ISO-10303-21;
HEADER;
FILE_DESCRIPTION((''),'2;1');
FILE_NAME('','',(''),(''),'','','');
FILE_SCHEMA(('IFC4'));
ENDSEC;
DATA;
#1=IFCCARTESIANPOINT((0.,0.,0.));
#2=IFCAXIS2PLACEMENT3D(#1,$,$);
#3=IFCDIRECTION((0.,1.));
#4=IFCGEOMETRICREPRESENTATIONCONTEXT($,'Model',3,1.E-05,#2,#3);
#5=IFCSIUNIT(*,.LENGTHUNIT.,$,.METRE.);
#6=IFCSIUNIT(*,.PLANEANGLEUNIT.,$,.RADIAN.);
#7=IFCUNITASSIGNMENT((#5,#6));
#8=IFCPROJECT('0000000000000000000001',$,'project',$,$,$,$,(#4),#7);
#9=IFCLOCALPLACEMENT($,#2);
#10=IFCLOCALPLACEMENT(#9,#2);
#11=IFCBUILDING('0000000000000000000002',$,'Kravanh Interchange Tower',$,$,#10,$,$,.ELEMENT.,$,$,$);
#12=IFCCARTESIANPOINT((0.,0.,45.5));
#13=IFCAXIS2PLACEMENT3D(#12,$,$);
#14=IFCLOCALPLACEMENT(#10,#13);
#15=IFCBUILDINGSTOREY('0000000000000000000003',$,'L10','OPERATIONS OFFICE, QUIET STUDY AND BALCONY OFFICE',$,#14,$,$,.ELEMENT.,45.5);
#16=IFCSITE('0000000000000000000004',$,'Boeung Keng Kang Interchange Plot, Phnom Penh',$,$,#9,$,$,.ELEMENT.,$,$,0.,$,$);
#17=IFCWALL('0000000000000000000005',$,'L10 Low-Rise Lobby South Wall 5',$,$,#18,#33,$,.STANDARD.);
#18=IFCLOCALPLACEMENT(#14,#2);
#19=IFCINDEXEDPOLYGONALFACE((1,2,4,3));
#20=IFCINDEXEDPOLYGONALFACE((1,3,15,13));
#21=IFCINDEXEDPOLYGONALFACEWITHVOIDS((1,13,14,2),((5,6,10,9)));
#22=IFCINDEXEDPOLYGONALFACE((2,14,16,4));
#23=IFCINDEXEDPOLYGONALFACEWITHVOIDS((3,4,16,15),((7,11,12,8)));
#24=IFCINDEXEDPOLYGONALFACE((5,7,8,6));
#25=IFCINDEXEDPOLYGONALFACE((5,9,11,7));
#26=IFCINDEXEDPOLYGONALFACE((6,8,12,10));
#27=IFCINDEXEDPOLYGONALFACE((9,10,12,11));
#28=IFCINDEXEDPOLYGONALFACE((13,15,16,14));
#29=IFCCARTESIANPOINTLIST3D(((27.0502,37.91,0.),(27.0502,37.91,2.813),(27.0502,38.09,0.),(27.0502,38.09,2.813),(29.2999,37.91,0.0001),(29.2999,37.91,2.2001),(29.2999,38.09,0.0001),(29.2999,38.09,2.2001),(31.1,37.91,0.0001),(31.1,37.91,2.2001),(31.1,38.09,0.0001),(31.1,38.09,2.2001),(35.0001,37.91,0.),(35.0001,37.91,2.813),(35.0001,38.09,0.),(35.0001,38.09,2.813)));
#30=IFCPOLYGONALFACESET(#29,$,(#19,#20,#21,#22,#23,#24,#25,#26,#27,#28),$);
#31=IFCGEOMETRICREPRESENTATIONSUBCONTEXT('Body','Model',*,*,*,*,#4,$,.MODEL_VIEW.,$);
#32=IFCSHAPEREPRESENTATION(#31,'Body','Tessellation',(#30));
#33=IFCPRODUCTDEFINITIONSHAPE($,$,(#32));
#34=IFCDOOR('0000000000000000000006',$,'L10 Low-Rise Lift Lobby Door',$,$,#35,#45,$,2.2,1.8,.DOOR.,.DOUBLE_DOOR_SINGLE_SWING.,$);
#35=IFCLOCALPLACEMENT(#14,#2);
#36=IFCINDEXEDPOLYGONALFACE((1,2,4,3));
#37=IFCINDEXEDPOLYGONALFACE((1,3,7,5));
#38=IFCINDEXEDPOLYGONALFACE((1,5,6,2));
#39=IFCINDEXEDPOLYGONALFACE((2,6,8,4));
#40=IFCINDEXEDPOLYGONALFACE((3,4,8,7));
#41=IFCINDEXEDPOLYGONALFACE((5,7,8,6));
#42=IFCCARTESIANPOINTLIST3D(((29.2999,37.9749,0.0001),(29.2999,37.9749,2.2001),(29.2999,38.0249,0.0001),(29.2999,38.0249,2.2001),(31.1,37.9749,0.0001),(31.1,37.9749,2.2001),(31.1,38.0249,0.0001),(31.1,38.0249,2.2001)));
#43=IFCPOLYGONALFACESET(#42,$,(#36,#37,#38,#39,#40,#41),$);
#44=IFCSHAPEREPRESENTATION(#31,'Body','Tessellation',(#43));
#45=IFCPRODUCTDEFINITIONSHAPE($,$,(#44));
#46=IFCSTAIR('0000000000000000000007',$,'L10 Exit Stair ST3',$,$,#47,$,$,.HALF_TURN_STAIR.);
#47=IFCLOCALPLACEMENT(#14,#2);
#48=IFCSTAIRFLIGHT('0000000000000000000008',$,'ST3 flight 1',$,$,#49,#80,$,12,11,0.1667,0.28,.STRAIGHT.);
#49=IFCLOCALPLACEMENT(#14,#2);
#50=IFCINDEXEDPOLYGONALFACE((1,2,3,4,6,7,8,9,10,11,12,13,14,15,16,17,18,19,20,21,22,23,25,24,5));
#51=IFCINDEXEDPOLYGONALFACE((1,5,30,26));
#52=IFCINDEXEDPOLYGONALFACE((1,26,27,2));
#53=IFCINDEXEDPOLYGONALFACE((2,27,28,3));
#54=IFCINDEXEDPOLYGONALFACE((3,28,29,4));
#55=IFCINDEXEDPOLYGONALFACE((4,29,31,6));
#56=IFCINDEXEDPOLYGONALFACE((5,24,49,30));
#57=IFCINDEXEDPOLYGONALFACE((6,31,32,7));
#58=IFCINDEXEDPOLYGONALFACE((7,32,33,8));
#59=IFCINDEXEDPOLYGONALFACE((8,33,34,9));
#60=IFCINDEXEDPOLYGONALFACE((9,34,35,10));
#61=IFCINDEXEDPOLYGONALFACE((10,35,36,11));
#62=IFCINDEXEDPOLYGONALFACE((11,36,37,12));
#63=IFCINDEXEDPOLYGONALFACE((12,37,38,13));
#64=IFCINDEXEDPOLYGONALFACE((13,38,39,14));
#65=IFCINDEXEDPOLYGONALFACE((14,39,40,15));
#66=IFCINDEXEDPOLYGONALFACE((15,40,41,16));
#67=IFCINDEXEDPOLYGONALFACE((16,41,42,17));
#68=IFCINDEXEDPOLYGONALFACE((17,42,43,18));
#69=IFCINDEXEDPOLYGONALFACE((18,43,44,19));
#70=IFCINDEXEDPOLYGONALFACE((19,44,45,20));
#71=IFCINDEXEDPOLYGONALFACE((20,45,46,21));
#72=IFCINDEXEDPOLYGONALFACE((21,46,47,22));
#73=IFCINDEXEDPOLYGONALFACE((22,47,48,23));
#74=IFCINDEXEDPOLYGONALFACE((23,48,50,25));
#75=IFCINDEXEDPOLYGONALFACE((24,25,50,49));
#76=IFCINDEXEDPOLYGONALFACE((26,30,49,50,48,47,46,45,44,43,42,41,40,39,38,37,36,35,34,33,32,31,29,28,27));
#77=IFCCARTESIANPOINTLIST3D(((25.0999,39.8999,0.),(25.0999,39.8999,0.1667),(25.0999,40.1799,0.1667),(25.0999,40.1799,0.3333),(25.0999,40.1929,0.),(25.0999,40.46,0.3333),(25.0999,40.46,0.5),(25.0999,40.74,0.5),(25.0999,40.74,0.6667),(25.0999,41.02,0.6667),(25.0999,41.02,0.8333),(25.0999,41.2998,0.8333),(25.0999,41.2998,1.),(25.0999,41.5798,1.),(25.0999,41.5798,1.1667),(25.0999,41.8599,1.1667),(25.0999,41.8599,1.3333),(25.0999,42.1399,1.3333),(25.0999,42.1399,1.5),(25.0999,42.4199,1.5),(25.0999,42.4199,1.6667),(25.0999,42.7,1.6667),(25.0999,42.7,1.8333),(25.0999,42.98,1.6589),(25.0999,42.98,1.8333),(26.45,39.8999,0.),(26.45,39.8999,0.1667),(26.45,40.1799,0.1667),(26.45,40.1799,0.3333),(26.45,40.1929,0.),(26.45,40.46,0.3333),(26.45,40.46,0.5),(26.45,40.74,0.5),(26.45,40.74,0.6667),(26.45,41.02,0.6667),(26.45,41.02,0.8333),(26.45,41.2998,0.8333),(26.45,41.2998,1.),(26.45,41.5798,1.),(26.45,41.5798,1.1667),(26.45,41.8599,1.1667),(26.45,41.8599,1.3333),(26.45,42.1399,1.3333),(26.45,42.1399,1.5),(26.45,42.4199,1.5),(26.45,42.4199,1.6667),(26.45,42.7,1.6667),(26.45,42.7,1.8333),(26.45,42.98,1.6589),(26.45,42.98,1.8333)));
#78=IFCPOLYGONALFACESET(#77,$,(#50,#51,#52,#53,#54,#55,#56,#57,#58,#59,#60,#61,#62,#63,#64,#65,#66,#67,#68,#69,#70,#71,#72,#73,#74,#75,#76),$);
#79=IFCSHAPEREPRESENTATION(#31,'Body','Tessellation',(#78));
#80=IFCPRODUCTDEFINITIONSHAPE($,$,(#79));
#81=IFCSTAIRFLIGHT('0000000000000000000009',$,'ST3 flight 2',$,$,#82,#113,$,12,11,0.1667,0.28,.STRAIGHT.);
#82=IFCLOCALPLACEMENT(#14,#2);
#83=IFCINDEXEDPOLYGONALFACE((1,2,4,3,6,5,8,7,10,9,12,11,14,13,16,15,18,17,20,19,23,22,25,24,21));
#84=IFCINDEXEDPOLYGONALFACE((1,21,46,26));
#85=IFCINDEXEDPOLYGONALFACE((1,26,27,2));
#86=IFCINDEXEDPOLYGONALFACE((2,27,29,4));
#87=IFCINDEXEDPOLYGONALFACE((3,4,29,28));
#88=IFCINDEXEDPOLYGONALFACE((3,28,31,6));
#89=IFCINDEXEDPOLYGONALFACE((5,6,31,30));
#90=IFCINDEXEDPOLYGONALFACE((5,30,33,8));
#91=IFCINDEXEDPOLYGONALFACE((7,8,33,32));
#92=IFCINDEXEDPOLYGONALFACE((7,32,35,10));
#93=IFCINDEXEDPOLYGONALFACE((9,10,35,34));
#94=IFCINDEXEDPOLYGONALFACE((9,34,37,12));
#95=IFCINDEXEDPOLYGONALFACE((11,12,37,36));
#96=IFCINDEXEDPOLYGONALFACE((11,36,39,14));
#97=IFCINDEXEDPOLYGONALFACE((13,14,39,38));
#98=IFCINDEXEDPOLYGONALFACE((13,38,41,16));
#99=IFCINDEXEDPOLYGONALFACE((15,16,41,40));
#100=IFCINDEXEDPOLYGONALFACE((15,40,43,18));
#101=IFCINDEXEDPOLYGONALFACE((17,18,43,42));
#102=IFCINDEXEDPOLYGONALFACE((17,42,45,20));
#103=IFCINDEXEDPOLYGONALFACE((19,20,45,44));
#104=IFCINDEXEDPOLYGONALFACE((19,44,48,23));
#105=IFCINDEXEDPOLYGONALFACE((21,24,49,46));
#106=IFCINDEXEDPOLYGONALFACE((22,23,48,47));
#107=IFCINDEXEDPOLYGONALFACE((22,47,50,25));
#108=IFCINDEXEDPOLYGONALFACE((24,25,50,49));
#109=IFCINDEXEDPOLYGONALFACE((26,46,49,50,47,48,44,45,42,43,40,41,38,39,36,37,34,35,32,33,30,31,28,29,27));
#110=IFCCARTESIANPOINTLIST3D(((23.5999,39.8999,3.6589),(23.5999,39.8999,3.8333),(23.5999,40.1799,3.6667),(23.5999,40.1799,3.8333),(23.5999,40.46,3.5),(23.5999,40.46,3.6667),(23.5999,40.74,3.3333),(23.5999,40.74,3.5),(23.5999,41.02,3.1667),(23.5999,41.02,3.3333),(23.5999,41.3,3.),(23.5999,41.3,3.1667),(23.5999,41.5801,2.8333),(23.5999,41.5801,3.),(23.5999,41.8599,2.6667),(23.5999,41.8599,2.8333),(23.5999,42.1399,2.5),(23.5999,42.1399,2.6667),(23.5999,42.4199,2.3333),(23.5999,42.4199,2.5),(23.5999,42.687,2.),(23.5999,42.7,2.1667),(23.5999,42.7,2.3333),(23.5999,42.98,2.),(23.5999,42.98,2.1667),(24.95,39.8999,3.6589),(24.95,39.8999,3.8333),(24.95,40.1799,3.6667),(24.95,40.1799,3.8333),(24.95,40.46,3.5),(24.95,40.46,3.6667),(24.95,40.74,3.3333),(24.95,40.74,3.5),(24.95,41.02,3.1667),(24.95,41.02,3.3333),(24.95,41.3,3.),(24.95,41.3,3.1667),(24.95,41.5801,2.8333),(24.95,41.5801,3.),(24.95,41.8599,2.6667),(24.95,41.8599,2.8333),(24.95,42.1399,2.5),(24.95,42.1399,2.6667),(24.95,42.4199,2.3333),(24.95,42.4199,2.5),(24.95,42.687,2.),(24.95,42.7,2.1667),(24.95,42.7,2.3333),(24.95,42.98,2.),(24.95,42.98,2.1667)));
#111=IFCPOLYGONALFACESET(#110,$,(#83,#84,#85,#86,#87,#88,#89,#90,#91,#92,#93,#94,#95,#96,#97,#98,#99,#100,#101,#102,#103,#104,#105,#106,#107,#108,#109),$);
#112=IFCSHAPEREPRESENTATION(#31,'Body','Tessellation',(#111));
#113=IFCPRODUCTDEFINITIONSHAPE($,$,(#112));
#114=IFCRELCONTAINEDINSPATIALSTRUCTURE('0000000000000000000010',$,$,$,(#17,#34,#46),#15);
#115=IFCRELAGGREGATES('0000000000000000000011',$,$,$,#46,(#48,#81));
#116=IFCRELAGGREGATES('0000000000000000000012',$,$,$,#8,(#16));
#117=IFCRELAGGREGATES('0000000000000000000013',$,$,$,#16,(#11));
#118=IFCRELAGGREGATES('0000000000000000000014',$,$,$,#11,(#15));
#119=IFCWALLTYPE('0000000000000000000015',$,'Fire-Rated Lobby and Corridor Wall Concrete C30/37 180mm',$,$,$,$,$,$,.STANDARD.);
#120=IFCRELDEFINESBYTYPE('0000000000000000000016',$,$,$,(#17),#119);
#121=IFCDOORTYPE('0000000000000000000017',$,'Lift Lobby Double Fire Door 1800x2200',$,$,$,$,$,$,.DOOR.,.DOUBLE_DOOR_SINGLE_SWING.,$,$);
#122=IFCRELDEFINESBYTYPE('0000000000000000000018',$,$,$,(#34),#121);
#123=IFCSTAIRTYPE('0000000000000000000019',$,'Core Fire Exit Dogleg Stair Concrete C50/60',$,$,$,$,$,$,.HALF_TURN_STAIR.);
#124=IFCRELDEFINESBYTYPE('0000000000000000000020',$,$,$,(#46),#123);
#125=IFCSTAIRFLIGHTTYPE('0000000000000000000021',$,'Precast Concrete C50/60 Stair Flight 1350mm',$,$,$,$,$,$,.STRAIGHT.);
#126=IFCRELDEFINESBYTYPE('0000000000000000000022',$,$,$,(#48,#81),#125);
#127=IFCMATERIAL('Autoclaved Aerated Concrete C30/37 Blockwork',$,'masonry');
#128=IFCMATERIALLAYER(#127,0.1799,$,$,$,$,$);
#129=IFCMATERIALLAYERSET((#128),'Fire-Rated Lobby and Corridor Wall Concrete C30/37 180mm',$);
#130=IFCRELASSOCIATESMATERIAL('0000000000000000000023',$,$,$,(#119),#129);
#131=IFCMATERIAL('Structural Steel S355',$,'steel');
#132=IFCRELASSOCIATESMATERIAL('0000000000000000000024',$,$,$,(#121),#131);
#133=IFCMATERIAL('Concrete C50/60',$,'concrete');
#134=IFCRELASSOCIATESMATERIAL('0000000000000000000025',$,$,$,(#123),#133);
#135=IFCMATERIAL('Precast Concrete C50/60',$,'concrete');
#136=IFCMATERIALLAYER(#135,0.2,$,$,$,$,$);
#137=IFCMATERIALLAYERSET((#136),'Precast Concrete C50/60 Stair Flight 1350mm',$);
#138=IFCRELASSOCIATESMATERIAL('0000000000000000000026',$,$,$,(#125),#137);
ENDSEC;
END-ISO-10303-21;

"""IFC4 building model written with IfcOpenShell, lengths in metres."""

from ifc_helpers import new_model, si_unit, direction, frame, frame_2d, origin, place, context, subcontext, project, spatial, polyline, rectangle, outline, extrude, material, layer, layer_set, type_object, element, fill, aggregate, save


model = new_model("IFC4")

# Units and contexts
model_context = context("Model", 3, precision=1e-05, world=origin(), true_north=direction((0.0, 1.0)))
body_context = subcontext(model_context, "Body", "Model", "MODEL_VIEW")
ifc_project = project(units=[si_unit("LENGTHUNIT", "METRE"), si_unit("PLANEANGLEUNIT", "RADIAN")], contexts=[model_context])

# Site, building, storey
site_placement = place(None, origin())
site = spatial("IfcSite", under=ifc_project, at=site_placement, Name="Boeung Keng Kang Interchange Plot, Phnom Penh", CompositionType="ELEMENT", RefElevation=0.0)
building_placement = place(site_placement, origin())
building = spatial("IfcBuilding", under=site, at=building_placement, Name="Kravanh Interchange Tower", CompositionType="ELEMENT")
storey_placement = place(building_placement, frame((0.0, 0.0, 45.5)))
storey = spatial("IfcBuildingStorey", under=building, at=storey_placement, Name="L10", Description="OPERATIONS OFFICE, QUIET STUDY AND BALCONY OFFICE", CompositionType="ELEMENT", Elevation=45.5)

# Wall, opening, door
ifc_material_1 = material(Name="Autoclaved Aerated Concrete C30/37 Blockwork", Category="masonry")
ifc_layer_1 = layer(ifc_material_1, 0.1799)
ifc_layer_set_1 = layer_set([ifc_layer_1], Name="Fire-Rated Lobby and Corridor Wall Concrete C30/37 180mm")
wall_type_1 = type_object("IfcWallType", Name="Fire-Rated Lobby and Corridor Wall Concrete C30/37 180mm", PredefinedType="STANDARD", material=ifc_layer_set_1)
wall_1_placement = place(storey_placement, frame((27.05, 38.0, 0.0), z_axis=(0.0, 0.0, 1.0), x_axis=(1.0, 0.0, 0.0)))
wall_1 = element("IfcWall", 1, at=wall_1_placement, inside=storey, type_object=wall_type_1, Name="L10 Low-Rise Lobby South Wall 5", PredefinedType="STANDARD", context=body_context, shape_type="SweptSolid", body=[
    extrude(rectangle(XDim=7.95, YDim=0.1799, at=frame_2d((3.9751, 0.0))), origin(), (0.0, 0.0, 1.0), 2.813),
])
opening_1_placement = place(wall_1_placement, frame((2.25, 0.0, 0.0)))
opening_1 = element("IfcOpeningElement", 2, at=opening_1_placement, cuts=wall_1, PredefinedType="OPENING", context=body_context, shape_type="SweptSolid", body=[
    extrude(rectangle(XDim=1.8, YDim=2.2, at=frame_2d((0.8999, 1.1001))), frame((0.0, 0.1001, 0.0), z_axis=(0.0, -1.0, 0.0), x_axis=(1.0, 0.0, 0.0)), (0.0, 0.0, 1.0), 0.2),
])
ifc_material_2 = material(Name="Structural Steel S355", Category="steel")
door_type_1 = type_object("IfcDoorType", Name="Lift Lobby Double Fire Door 1800x2200", OperationType="DOUBLE_DOOR_SINGLE_SWING", PredefinedType="DOOR", material=ifc_material_2)
door_1_placement = place(opening_1_placement, origin())
door_1 = element("IfcDoor", 3, at=door_1_placement, inside=storey, type_object=door_type_1, Name="L10 Low-Rise Lift Lobby Door", OperationType="DOUBLE_DOOR_SINGLE_SWING", OverallHeight=2.2, OverallWidth=1.8, PredefinedType="DOOR", context=body_context, shape_type="SweptSolid", body=[
    extrude(rectangle(XDim=1.8, YDim=2.2, at=frame_2d((0.8999, 1.1001))), frame((0.0, 0.0249, 0.0), z_axis=(0.0, -1.0, 0.0), x_axis=(1.0, 0.0, 0.0)), (0.0, 0.0, 1.0), 0.05),
])
fill(opening_1, door_1)

# Stair, stair flights
ifc_material_3 = material(Name="Concrete C50/60", Category="concrete")
stair_type = type_object("IfcStairType", Name="Core Fire Exit Dogleg Stair Concrete C50/60", PredefinedType="HALF_TURN_STAIR", material=ifc_material_3)
stair_placement = place(storey_placement, origin())
stair = element("IfcStair", 4, at=stair_placement, inside=storey, type_object=stair_type, Name="L10 Exit Stair ST3", PredefinedType="HALF_TURN_STAIR")
ifc_material_4 = material(Name="Precast Concrete C50/60", Category="concrete")
ifc_layer_2 = layer(ifc_material_4, 0.2)
ifc_layer_set_2 = layer_set([ifc_layer_2], Name="Precast Concrete C50/60 Stair Flight 1350mm")
stair_flight_type = type_object("IfcStairFlightType", Name="Precast Concrete C50/60 Stair Flight 1350mm", PredefinedType="STRAIGHT", material=ifc_layer_set_2)
stair_flight_1_placement = place(storey_placement, frame((25.7749, 39.8999, 0.0), z_axis=(0.0, 0.0, 1.0), x_axis=(0.0, 1.0, 0.0)))
stair_flight_1 = element("IfcStairFlight", 5, at=stair_flight_1_placement, type_object=stair_flight_type, Name="ST3 flight 1", NumberOfRisers=12, NumberOfTreads=11, PredefinedType="STRAIGHT", RiserHeight=0.1667, TreadLength=0.28, context=body_context, shape_type="SweptSolid", body=[
    extrude(outline(polyline([(0.0, 0.0), (0.0, 0.1667), (0.28, 0.1667), (0.28, 0.3333), (0.5601, 0.3333), (0.5601, 0.5), (0.8401, 0.5), (0.8401, 0.6667), (1.1201, 0.6667), (1.1201, 0.8333), (1.3999, 0.8333), (1.3999, 1.0), (1.6799, 1.0), (1.6799, 1.1667), (1.96, 1.1667), (1.96, 1.3333), (2.24, 1.3333), (2.24, 1.5), (2.52, 1.5), (2.52, 1.6667), (2.8, 1.6667), (2.8, 1.8333), (3.0801, 1.8333), (3.0801, 2.0), (3.0801, 1.6589), (0.293, 0.0), (0.0, 0.0)])), frame((0.0, 0.675, 0.0), z_axis=(0.0, -1.0, 0.0), x_axis=(1.0, 0.0, 0.0)), (0.0, 0.0, 1.0), 1.3501),
])
stair_flight_2_placement = place(storey_placement, frame((24.2749, 42.98, 2.0), z_axis=(0.0, 0.0, 1.0), x_axis=(0.0, -1.0, 0.0)))
stair_flight_2 = element("IfcStairFlight", 6, at=stair_flight_2_placement, type_object=stair_flight_type, Name="ST3 flight 2", NumberOfRisers=12, NumberOfTreads=11, PredefinedType="STRAIGHT", RiserHeight=0.1667, TreadLength=0.28, context=body_context, shape_type="SweptSolid", body=[
    extrude(outline(polyline([(0.0, 0.0), (0.0, 0.1667), (0.28, 0.1667), (0.28, 0.3333), (0.5601, 0.3333), (0.5601, 0.5), (0.8401, 0.5), (0.8401, 0.6667), (1.1201, 0.6667), (1.1201, 0.8333), (1.3999, 0.8333), (1.3999, 1.0), (1.6799, 1.0), (1.6799, 1.1667), (1.96, 1.1667), (1.96, 1.3333), (2.24, 1.3333), (2.24, 1.5), (2.52, 1.5), (2.52, 1.6667), (2.8, 1.6667), (2.8, 1.8333), (3.0801, 1.8333), (3.0801, 2.0), (3.0801, 1.6589), (0.293, 0.0), (0.0, 0.0)])), frame((0.0, 0.675, 0.0), z_axis=(0.0, -1.0, 0.0), x_axis=(1.0, 0.0, 0.0)), (0.0, 0.0, 1.0), 1.3501),
])
aggregate(stair, [stair_flight_1, stair_flight_2])

save(model, "model.ifc")
